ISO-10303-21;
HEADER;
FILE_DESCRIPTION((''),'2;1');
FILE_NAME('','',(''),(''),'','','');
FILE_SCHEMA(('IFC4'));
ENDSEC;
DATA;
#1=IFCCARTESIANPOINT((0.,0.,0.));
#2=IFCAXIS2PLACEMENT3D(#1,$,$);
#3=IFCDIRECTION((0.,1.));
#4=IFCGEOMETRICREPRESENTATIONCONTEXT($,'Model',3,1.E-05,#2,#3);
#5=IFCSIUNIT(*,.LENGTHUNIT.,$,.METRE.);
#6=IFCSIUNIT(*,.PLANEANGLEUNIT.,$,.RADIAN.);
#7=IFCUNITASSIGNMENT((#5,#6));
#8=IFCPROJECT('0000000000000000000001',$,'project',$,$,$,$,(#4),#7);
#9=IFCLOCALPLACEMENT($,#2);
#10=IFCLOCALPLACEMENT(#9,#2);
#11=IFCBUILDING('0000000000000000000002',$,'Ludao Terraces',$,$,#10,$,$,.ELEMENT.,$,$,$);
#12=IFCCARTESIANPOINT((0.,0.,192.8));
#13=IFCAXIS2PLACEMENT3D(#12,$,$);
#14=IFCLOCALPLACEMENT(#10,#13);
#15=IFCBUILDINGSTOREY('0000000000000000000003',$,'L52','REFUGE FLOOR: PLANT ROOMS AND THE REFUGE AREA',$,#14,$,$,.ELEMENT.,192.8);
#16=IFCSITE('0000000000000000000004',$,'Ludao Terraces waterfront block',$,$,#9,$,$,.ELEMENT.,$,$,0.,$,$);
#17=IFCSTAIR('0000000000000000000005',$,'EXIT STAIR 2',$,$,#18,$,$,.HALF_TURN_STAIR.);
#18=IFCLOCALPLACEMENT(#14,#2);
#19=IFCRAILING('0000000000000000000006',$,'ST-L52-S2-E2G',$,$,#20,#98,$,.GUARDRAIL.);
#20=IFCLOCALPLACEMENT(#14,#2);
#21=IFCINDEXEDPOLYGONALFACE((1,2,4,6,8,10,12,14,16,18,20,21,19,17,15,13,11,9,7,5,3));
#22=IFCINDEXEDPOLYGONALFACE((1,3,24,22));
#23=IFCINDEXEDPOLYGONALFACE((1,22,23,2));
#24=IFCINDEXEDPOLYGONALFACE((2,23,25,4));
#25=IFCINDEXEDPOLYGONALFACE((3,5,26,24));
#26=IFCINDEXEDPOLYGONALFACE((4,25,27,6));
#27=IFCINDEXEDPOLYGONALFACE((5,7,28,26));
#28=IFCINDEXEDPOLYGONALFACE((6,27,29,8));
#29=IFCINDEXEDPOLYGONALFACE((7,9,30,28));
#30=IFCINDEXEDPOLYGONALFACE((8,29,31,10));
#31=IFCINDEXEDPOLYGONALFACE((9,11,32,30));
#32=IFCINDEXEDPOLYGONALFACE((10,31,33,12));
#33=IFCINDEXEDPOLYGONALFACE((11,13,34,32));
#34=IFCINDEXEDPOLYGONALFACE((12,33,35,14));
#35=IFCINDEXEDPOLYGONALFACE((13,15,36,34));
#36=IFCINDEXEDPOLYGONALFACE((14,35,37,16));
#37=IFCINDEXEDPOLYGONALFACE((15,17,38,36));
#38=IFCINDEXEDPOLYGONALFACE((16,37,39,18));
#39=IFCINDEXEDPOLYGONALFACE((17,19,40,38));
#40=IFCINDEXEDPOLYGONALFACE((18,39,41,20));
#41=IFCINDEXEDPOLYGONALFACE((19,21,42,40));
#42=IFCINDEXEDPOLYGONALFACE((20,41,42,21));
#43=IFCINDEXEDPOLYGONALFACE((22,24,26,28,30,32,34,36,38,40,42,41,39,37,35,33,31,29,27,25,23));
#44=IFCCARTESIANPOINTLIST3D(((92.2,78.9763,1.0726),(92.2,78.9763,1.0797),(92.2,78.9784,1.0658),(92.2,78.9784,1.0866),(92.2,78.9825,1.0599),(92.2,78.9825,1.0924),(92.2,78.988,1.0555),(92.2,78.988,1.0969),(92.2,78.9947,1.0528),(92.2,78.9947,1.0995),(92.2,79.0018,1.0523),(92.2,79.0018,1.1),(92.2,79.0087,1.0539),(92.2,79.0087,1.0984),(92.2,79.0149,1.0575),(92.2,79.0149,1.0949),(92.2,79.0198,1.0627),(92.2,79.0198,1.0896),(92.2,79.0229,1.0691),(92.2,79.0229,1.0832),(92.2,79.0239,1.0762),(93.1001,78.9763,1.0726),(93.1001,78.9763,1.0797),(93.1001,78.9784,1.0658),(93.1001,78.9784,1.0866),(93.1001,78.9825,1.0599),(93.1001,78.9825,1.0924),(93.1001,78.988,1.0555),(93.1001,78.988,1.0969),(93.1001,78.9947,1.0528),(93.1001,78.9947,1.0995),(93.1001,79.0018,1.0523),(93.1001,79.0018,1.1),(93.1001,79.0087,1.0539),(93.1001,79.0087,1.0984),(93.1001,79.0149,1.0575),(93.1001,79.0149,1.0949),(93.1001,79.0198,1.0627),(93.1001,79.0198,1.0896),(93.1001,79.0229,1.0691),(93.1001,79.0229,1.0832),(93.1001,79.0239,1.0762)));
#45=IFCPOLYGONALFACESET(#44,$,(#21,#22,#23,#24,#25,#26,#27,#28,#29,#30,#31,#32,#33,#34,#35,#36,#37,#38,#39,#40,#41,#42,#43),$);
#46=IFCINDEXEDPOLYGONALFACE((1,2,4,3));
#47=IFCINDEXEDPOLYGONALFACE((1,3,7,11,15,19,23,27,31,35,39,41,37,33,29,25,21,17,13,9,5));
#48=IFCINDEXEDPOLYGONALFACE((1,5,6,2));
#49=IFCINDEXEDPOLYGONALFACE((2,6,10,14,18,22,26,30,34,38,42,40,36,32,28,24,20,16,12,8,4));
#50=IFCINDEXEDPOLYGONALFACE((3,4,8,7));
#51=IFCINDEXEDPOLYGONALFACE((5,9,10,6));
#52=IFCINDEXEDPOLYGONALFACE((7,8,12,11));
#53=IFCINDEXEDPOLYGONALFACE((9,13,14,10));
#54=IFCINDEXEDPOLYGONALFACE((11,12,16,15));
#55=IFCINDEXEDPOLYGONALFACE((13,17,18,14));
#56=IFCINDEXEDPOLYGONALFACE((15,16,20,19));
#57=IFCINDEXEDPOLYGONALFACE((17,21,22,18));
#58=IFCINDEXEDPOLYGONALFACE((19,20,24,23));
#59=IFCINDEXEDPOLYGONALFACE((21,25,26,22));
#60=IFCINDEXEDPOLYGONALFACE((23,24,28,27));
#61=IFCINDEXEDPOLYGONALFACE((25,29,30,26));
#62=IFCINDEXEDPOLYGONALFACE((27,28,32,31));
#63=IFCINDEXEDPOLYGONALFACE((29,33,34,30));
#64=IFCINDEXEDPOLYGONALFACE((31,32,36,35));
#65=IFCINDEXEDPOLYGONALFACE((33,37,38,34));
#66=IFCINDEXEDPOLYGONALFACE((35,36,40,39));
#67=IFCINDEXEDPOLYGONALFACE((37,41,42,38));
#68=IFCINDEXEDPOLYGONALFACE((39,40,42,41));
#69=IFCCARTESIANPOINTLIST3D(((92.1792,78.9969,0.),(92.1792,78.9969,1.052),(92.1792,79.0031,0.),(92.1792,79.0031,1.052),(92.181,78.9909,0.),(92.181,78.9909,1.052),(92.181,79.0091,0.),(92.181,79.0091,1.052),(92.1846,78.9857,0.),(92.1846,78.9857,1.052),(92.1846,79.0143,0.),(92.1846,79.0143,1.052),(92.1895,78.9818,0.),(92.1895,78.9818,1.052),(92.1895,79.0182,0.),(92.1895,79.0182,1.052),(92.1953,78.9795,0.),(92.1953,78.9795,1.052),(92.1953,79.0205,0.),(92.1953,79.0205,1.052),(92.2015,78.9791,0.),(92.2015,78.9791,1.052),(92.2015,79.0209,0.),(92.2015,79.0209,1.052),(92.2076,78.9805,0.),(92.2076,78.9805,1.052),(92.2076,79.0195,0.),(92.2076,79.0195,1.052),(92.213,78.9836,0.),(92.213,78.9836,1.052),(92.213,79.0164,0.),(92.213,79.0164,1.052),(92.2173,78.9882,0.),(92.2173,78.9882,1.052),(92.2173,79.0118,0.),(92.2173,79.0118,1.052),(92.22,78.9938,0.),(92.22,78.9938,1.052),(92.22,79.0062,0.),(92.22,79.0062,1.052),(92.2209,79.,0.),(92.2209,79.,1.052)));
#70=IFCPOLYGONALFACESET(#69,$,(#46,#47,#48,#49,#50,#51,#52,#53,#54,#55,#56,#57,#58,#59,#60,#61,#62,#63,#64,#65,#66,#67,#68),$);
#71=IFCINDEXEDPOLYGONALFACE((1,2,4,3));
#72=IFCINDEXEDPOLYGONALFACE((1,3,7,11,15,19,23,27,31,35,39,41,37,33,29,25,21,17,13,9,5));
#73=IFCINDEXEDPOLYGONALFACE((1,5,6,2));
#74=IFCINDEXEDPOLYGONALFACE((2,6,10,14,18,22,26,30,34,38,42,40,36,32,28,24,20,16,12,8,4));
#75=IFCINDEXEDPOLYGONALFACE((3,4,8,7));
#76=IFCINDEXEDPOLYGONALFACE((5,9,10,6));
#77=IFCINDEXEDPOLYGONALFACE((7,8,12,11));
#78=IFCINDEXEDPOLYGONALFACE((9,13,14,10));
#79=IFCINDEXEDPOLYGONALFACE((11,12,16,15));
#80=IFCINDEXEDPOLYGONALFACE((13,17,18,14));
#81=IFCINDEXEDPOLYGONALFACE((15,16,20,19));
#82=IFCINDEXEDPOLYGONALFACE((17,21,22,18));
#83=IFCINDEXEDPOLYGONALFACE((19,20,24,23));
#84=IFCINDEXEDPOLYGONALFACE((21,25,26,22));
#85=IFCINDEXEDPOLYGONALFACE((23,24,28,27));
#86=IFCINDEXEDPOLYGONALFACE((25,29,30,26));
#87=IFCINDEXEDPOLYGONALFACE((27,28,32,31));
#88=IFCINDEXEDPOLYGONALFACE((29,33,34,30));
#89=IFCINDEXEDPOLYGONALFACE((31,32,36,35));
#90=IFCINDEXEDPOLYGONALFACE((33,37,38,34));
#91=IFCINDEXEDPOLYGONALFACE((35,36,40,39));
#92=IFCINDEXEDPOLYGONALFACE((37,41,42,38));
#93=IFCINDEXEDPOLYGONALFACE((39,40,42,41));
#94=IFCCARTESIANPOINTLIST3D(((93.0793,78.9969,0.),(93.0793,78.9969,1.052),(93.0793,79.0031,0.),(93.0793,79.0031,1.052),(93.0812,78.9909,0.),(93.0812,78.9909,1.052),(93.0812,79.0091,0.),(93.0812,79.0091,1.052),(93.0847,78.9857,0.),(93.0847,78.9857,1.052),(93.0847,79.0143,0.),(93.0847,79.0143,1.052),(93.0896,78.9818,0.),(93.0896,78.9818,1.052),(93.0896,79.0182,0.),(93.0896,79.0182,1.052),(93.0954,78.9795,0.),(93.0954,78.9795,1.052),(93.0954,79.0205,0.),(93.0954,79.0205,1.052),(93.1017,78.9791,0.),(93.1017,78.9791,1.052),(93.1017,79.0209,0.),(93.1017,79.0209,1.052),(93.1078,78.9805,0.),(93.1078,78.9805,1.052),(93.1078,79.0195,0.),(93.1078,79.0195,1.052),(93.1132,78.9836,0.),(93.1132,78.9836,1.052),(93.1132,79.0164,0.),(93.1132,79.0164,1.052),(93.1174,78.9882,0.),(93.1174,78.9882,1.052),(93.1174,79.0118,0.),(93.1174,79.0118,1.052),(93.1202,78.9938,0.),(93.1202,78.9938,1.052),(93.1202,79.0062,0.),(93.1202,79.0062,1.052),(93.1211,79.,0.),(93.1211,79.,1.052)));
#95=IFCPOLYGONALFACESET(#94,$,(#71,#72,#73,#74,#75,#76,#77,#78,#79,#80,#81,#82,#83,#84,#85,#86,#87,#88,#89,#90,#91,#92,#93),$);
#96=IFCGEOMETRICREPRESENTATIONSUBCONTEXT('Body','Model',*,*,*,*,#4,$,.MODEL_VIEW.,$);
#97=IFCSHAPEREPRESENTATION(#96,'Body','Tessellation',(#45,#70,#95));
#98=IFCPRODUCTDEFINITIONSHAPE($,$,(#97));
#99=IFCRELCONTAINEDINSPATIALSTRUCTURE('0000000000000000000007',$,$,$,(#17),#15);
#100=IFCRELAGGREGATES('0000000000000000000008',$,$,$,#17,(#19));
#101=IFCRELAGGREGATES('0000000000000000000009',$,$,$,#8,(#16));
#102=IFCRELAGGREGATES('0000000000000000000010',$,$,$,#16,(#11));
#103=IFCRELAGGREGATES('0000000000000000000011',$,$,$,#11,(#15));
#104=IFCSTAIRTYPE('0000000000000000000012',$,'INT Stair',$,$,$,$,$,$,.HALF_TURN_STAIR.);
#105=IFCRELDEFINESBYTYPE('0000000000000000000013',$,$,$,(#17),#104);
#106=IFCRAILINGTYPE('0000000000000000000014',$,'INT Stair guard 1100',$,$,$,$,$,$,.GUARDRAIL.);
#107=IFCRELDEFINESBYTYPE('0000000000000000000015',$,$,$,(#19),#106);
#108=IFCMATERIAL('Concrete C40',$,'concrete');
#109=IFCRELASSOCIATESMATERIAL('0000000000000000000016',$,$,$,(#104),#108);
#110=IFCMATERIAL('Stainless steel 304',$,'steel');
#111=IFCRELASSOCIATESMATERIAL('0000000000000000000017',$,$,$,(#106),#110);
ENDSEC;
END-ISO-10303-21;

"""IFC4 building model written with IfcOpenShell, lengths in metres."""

from ifc_helpers import new_model, si_unit, direction, frame, origin, origin_2d, place, context, subcontext, project, spatial, circle, extrude, material, type_object, element, aggregate, save


model = new_model("IFC4")

# Units and contexts
model_context = context("Model", 3, precision=1e-05, world=origin(), true_north=direction((0.0, 1.0)))
body_context = subcontext(model_context, "Body", "Model", "MODEL_VIEW")
ifc_project = project(units=[si_unit("LENGTHUNIT", "METRE"), si_unit("PLANEANGLEUNIT", "RADIAN")], contexts=[model_context])

# Site, building, storey
site_placement = place(None, origin())
site = spatial("IfcSite", under=ifc_project, at=site_placement, Name="Ludao Terraces waterfront block", CompositionType="ELEMENT", RefElevation=0.0)
building_placement = place(site_placement, origin())
building = spatial("IfcBuilding", under=site, at=building_placement, Name="Ludao Terraces", CompositionType="ELEMENT")
storey_placement = place(building_placement, frame((0.0, 0.0, 192.8)))
storey = spatial("IfcBuildingStorey", under=building, at=storey_placement, Name="L52", Description="REFUGE FLOOR: PLANT ROOMS AND THE REFUGE AREA", CompositionType="ELEMENT", Elevation=192.8)

# Shared definitions
ifc_material_1 = material(Name="Stainless steel 304", Category="steel")

# Stair, railing
ifc_material_2 = material(Name="Concrete C40", Category="concrete")
stair_type = type_object("IfcStairType", Name="INT Stair", PredefinedType="HALF_TURN_STAIR", material=ifc_material_2)
stair_placement = place(storey_placement, origin())
stair = element("IfcStair", 1, at=stair_placement, inside=storey, type_object=stair_type, Name="EXIT STAIR 2", PredefinedType="HALF_TURN_STAIR")
railing_type_1 = type_object("IfcRailingType", Name="INT Stair guard 1100", PredefinedType="GUARDRAIL", material=ifc_material_1)
railing_1_placement = place(storey_placement, frame((92.2, 79.0, 0.0)))
railing_1 = element("IfcRailing", 2, at=railing_1_placement, type_object=railing_type_1, Name="ST-L52-S2-E2G", PredefinedType="GUARDRAIL", context=body_context, shape_type="SweptSolid", body=[
    extrude(circle(Radius=0.0239, at=origin_2d()), frame((0.0, 0.0, 1.0762), z_axis=(1.0, 0.0, 0.0), x_axis=(0.0, 1.0, 0.0)), (0.0, 0.0, 1.0), 0.9001),
    extrude(circle(Radius=0.021, at=origin_2d()), origin(), (0.0, 0.0, 1.0), 1.052),
    extrude(circle(Radius=0.021, at=origin_2d()), frame((0.9001, 0.0, 0.0)), (0.0, 0.0, 1.0), 1.052),
])
aggregate(stair, [railing_1])

save(model, "model.ifc")
